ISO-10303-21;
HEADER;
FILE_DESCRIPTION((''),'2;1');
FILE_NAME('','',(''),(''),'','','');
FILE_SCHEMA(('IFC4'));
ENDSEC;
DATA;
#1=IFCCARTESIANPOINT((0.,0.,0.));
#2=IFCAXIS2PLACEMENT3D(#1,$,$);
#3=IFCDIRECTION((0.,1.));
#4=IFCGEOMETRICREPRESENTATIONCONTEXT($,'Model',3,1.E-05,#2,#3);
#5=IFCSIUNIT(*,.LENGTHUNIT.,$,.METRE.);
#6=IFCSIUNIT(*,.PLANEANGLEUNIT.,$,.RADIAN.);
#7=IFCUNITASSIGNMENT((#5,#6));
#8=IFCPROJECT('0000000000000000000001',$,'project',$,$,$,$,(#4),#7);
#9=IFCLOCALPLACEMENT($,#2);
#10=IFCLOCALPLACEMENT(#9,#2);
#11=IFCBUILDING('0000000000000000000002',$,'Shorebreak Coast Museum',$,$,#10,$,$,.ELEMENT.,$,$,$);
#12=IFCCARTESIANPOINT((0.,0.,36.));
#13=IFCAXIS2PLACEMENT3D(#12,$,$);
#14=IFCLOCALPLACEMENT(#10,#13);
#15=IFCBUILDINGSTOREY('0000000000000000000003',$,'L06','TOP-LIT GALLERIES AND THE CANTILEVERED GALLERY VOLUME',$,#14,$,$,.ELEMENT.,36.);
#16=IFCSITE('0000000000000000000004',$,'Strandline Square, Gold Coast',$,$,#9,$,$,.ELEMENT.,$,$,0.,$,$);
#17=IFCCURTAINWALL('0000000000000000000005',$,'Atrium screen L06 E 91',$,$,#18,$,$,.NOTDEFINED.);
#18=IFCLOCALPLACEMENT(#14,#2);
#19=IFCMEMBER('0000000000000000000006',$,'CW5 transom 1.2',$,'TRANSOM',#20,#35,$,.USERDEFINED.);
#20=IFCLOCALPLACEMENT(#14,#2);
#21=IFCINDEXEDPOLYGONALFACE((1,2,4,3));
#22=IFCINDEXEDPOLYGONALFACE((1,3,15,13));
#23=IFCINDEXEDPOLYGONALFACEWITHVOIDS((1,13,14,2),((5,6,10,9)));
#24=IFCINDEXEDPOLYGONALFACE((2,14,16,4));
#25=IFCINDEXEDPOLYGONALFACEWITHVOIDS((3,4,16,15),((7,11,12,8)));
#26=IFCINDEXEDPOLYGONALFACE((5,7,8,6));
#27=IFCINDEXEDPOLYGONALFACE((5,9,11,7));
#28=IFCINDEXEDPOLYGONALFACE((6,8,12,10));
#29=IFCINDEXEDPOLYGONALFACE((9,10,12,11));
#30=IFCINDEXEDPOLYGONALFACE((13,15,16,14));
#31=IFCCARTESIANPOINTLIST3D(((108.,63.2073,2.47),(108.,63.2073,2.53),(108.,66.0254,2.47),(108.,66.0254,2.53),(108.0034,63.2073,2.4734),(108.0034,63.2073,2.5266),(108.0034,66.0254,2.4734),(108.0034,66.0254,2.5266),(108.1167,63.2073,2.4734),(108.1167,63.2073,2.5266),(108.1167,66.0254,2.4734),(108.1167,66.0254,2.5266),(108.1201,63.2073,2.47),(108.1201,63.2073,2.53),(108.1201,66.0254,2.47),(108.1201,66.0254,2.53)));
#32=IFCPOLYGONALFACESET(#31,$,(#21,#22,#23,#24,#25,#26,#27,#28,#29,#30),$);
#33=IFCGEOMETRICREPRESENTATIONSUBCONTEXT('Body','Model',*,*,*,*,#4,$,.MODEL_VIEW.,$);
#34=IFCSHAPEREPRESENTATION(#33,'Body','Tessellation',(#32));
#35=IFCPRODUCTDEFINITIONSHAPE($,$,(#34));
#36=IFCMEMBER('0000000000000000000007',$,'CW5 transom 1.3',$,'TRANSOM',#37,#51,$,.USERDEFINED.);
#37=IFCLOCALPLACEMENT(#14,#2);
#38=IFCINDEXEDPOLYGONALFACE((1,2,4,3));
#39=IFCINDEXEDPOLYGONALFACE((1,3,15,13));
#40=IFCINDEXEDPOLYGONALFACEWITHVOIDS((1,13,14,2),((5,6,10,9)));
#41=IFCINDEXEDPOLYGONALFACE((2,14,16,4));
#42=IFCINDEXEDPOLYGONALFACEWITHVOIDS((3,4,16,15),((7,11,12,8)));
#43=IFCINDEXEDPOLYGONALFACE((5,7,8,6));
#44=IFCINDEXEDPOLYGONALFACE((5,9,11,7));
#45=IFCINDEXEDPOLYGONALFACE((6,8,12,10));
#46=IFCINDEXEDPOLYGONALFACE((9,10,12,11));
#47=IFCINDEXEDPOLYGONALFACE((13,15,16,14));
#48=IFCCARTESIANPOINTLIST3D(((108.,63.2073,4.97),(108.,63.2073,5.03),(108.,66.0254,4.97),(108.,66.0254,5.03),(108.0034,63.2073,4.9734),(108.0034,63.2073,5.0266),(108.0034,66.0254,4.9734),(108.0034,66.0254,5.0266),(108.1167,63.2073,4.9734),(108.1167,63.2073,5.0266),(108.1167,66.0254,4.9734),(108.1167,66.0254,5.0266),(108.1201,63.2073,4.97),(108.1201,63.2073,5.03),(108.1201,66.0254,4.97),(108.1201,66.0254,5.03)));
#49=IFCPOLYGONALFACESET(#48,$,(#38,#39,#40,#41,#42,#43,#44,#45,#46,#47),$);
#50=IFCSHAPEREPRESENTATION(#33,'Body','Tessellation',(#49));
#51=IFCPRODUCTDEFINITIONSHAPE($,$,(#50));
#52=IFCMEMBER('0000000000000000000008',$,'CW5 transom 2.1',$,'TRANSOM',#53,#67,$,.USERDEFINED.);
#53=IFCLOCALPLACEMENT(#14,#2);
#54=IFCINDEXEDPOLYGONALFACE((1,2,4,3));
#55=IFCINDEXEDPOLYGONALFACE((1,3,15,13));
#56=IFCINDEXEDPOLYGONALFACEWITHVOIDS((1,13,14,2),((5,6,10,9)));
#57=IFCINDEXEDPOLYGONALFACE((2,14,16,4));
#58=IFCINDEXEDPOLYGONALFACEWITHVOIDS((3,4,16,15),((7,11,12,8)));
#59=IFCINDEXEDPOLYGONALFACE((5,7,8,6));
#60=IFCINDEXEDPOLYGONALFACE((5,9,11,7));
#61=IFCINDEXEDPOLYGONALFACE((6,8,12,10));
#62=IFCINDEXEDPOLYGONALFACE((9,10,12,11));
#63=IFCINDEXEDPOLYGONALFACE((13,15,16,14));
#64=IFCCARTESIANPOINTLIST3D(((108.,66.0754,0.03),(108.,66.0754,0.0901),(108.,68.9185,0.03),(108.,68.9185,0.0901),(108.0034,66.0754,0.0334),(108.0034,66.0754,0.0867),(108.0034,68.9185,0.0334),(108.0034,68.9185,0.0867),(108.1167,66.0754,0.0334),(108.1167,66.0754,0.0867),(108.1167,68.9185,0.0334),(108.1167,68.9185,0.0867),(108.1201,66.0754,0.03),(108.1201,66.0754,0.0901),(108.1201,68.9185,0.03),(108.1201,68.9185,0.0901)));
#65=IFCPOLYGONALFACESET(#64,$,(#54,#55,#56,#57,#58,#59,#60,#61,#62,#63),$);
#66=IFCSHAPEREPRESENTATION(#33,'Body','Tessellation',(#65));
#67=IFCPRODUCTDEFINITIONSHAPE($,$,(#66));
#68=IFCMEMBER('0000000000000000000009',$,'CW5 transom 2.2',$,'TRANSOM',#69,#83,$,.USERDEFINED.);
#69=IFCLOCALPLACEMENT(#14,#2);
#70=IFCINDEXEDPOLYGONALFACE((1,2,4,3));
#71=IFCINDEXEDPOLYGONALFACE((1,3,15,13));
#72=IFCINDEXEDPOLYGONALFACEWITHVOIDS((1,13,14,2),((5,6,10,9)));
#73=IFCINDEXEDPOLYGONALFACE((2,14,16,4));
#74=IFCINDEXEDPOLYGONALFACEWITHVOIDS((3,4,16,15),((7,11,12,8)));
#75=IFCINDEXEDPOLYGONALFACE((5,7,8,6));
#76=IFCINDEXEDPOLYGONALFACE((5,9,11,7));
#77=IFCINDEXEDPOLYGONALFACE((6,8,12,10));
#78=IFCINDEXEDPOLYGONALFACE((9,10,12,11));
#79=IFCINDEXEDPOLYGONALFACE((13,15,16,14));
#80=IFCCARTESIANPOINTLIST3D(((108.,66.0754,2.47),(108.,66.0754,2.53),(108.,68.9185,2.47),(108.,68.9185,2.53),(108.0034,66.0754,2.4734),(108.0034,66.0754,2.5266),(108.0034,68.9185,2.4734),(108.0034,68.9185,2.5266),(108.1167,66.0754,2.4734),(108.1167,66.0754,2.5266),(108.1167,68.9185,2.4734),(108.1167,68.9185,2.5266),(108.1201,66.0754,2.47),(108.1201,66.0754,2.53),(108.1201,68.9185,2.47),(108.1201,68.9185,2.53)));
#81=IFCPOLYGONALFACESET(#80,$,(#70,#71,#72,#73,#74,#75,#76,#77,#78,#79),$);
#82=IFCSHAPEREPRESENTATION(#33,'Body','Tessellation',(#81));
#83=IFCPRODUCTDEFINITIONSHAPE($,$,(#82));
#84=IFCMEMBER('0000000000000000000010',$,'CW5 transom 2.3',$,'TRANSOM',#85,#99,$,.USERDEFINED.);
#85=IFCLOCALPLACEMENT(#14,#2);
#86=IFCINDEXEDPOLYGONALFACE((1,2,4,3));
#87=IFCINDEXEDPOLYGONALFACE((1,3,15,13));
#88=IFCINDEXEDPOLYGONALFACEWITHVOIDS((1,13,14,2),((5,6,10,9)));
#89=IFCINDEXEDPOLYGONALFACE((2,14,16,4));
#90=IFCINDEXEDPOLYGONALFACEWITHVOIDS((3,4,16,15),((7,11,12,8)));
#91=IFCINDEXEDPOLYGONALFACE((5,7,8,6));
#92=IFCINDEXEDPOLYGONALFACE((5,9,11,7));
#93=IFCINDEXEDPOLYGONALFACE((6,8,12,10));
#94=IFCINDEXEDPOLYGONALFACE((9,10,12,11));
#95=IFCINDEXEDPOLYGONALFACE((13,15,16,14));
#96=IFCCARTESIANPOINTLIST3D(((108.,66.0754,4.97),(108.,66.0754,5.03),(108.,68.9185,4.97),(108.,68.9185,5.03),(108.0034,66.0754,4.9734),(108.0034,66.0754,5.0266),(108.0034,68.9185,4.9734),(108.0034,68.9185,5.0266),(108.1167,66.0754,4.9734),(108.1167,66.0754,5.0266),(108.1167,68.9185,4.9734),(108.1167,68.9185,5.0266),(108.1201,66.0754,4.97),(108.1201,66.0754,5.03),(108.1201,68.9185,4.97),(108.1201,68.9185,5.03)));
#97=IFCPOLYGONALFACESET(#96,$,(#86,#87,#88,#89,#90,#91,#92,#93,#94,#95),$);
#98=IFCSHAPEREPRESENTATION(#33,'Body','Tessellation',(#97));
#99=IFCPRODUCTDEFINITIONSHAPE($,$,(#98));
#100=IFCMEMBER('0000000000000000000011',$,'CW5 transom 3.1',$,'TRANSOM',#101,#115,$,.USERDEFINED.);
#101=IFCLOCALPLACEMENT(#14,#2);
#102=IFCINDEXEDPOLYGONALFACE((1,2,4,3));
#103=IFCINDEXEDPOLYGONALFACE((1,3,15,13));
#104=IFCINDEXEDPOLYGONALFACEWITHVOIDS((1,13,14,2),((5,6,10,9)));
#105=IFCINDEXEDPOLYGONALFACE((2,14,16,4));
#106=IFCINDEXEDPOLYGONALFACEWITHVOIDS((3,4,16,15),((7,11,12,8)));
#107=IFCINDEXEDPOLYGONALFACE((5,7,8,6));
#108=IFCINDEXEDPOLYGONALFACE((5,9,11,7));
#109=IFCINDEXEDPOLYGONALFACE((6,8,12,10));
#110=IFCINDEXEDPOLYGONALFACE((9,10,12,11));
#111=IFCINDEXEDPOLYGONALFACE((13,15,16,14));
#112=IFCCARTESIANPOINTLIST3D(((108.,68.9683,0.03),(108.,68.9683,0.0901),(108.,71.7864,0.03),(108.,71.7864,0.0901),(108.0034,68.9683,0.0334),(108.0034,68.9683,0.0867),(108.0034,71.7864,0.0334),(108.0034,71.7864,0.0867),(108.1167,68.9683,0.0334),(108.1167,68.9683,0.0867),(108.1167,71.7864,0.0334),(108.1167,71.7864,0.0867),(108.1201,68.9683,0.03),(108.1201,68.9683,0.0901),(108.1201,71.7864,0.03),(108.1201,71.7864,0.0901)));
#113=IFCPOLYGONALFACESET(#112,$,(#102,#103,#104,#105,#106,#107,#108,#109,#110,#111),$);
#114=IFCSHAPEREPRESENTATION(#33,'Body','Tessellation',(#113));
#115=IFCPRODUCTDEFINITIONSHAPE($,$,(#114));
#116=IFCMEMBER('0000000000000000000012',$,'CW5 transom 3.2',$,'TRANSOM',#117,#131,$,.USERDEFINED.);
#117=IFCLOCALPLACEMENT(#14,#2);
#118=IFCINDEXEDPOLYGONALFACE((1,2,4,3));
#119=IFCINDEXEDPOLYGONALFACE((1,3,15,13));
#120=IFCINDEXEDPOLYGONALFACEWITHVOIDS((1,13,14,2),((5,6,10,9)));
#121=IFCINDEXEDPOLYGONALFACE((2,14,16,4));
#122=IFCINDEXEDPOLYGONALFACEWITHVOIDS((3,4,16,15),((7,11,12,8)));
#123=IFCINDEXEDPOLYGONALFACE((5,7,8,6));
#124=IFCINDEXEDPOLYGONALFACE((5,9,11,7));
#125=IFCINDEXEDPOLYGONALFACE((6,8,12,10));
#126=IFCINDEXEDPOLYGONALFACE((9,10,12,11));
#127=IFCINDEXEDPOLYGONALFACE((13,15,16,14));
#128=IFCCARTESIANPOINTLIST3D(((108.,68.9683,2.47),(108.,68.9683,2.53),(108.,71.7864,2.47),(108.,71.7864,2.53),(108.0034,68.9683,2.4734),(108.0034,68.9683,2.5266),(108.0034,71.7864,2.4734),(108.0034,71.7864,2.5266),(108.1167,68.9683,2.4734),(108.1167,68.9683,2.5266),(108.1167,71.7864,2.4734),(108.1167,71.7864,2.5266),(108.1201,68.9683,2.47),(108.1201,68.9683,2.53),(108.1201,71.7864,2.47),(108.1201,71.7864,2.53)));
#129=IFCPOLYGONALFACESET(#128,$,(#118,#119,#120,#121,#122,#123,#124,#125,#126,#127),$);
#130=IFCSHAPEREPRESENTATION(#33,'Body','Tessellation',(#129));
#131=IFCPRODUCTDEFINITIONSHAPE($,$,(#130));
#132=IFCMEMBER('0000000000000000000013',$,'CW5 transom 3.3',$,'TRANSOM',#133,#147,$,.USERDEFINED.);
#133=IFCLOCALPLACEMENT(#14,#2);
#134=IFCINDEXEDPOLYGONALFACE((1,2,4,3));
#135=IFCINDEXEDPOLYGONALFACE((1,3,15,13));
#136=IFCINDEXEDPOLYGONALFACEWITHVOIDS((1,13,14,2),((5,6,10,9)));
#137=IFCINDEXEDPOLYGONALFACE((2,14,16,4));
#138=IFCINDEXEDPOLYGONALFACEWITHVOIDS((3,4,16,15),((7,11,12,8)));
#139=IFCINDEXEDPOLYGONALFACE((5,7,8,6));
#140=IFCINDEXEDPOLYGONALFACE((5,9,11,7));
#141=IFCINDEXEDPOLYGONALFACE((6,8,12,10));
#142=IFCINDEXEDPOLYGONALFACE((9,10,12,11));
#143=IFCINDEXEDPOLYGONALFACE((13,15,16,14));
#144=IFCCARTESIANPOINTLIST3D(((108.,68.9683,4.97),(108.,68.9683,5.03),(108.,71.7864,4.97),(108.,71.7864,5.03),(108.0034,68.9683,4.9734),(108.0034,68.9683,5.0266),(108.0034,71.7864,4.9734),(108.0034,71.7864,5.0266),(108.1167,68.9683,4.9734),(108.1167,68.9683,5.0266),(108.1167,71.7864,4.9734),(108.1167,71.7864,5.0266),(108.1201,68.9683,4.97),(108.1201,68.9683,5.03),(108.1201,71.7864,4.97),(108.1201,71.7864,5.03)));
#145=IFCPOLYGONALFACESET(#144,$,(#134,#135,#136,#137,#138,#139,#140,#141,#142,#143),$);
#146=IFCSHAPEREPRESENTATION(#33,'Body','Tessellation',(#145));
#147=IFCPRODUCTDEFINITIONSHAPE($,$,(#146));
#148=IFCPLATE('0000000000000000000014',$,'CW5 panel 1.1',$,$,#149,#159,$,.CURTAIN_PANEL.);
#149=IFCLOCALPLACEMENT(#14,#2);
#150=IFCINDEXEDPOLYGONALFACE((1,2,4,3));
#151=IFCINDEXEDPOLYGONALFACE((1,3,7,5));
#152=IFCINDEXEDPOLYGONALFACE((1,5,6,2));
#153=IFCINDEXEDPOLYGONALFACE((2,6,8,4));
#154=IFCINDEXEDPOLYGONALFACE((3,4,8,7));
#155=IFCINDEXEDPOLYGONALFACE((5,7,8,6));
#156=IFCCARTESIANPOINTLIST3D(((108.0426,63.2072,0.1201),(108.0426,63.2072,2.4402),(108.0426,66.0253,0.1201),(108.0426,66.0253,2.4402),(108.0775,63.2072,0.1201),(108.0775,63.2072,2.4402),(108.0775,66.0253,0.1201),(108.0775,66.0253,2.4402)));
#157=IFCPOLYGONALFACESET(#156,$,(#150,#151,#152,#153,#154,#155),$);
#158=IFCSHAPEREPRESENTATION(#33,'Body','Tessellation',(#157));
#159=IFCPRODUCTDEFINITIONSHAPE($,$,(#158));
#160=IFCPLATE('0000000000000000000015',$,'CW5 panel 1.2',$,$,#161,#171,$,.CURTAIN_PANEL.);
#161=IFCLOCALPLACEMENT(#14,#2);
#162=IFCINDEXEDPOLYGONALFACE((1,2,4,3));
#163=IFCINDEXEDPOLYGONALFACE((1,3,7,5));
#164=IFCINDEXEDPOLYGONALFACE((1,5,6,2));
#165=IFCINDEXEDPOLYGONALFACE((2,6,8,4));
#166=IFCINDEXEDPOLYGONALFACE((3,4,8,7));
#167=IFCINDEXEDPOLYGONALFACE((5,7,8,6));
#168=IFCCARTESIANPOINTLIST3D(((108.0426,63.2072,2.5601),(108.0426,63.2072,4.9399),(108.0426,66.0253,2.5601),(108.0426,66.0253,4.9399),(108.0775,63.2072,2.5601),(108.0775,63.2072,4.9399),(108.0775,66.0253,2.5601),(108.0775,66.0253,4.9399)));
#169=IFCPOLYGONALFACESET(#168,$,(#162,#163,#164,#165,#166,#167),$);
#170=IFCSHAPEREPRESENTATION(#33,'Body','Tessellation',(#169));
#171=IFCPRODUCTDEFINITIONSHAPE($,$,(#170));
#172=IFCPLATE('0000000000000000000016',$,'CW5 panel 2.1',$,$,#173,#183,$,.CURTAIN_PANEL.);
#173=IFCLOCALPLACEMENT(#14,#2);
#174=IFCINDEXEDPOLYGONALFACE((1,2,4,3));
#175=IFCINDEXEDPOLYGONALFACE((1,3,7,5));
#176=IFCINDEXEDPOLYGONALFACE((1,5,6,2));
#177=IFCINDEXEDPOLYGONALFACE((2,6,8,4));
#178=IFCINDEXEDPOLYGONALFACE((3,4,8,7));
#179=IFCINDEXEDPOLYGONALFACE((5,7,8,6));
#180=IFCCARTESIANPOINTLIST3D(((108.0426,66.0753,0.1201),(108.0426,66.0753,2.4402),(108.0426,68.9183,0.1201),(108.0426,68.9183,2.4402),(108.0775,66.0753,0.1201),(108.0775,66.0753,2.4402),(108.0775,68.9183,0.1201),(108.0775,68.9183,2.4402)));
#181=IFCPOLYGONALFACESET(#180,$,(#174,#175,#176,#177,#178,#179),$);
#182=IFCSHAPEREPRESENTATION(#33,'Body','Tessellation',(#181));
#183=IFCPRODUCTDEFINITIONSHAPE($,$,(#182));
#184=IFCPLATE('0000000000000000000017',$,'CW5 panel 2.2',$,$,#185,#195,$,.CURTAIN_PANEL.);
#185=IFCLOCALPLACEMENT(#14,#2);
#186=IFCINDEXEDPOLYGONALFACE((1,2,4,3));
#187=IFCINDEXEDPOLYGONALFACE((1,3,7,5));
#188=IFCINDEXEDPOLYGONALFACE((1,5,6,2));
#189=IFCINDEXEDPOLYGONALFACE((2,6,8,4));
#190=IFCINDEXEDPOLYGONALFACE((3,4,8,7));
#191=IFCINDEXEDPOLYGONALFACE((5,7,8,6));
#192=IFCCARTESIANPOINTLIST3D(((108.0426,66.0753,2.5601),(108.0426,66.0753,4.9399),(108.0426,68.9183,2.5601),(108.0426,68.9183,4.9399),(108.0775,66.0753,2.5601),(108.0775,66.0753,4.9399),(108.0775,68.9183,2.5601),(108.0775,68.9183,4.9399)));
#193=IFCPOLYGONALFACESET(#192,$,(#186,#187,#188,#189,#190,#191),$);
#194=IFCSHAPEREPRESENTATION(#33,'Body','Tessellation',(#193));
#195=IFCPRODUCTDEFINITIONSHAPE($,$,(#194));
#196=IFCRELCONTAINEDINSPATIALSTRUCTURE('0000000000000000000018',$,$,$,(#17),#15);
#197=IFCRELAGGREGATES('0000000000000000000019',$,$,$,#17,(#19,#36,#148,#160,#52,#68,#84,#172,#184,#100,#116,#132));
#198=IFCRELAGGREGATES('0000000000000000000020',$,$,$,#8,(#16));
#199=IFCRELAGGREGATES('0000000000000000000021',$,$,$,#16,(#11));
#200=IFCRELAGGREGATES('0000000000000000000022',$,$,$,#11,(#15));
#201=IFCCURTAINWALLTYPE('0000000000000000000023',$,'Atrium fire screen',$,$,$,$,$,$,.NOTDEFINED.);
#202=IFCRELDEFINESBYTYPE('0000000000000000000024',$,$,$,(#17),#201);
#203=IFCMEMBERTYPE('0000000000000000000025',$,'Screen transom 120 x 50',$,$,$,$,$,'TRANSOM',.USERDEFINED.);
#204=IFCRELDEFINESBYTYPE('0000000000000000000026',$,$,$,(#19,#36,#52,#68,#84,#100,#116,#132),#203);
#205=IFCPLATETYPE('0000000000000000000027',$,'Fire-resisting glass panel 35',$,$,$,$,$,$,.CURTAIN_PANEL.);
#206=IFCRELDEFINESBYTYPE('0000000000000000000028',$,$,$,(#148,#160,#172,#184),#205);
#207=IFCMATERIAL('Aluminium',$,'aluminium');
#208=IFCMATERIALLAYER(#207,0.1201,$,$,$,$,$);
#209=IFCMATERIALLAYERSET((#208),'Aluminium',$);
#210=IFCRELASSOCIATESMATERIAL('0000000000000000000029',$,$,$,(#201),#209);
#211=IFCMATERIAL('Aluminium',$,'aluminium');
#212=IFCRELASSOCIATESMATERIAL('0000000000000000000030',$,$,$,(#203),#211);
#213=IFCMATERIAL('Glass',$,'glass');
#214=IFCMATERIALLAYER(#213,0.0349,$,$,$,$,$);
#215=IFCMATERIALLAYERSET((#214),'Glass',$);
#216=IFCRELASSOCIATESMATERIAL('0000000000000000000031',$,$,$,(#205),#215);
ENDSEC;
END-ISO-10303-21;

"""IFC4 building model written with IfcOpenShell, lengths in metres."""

from ifc_helpers import new_model, si_unit, direction, frame, origin, origin_2d, place, context, subcontext, project, spatial, rectangle, hollow_rectangle, extrude, material, layer, layer_set, material_profile, profile_set, type_object, element, aggregate, save


model = new_model("IFC4")

# Units and contexts
model_context = context("Model", 3, precision=1e-05, world=origin(), true_north=direction((0.0, 1.0)))
body_context = subcontext(model_context, "Body", "Model", "MODEL_VIEW")
ifc_project = project(units=[si_unit("LENGTHUNIT", "METRE"), si_unit("PLANEANGLEUNIT", "RADIAN")], contexts=[model_context])

# Site, building, storey
site_placement = place(None, origin())
site = spatial("IfcSite", under=ifc_project, at=site_placement, Name="Strandline Square, Gold Coast", CompositionType="ELEMENT", RefElevation=0.0)
building_placement = place(site_placement, origin())
building = spatial("IfcBuilding", under=site, at=building_placement, Name="Shorebreak Coast Museum", CompositionType="ELEMENT")
storey_placement = place(building_placement, frame((0.0, 0.0, 36.0)))
storey = spatial("IfcBuildingStorey", under=building, at=storey_placement, Name="L06", Description="TOP-LIT GALLERIES AND THE CANTILEVERED GALLERY VOLUME", CompositionType="ELEMENT", Elevation=36.0)

# Curtain wall, members, plates
ifc_material_1 = material(Name="Aluminium", Category="aluminium")
ifc_layer_1 = layer(ifc_material_1, 0.1201)
ifc_layer_set_1 = layer_set([ifc_layer_1], Name="Aluminium")
curtain_wall_type = type_object("IfcCurtainWallType", Name="Atrium fire screen", PredefinedType="NOTDEFINED", material=ifc_layer_set_1)
curtain_wall_placement = place(storey_placement, origin())
curtain_wall = element("IfcCurtainWall", 1, at=curtain_wall_placement, inside=storey, type_object=curtain_wall_type, Name="Atrium screen L06 E 91", PredefinedType="NOTDEFINED")
ifc_material_2 = material(Name="Aluminium", Category="aluminium")
ifc_material_profile_1 = material_profile(ifc_material_2, hollow_rectangle(XDim=0.1201, YDim=0.0601, WallThickness=0.0034, at=origin_2d()), Name="AL 60x120 RHS")
ifc_profile_set_1 = profile_set([ifc_material_profile_1], Name="Aluminium")
member_type_1 = type_object("IfcMemberType", Name="Screen transom 120 x 50", ElementType="TRANSOM", PredefinedType="USERDEFINED", material=ifc_profile_set_1)
member_1_placement = place(storey_placement, frame((108.0601, 63.2073, 2.5), z_axis=(0.0, 1.0, 0.0), x_axis=(-1.0, 0.0, 0.0)))
member_1 = element("IfcMember", 2, at=member_1_placement, type_object=member_type_1, Name="CW5 transom 1.2", ObjectType="TRANSOM", PredefinedType="USERDEFINED", context=body_context, shape_type="SweptSolid", body=[
    extrude(hollow_rectangle(XDim=0.1201, YDim=0.0601, WallThickness=0.0034, at=origin_2d()), origin(), (0.0, 0.0, 1.0), 2.8181),
])
member_2_placement = place(storey_placement, frame((108.0601, 63.2073, 5.0), z_axis=(0.0, 1.0, 0.0), x_axis=(-1.0, 0.0, 0.0)))
member_2 = element("IfcMember", 3, at=member_2_placement, type_object=member_type_1, Name="CW5 transom 1.3", ObjectType="TRANSOM", PredefinedType="USERDEFINED", context=body_context, shape_type="SweptSolid", body=[
    extrude(hollow_rectangle(XDim=0.1201, YDim=0.0601, WallThickness=0.0034, at=origin_2d()), origin(), (0.0, 0.0, 1.0), 2.8181),
])
member_3_placement = place(storey_placement, frame((108.0601, 66.0754, 0.0601), z_axis=(0.0, 1.0, 0.0), x_axis=(-1.0, 0.0, 0.0)))
member_3 = element("IfcMember", 4, at=member_3_placement, type_object=member_type_1, Name="CW5 transom 2.1", ObjectType="TRANSOM", PredefinedType="USERDEFINED", context=body_context, shape_type="SweptSolid", body=[
    extrude(hollow_rectangle(XDim=0.1201, YDim=0.0601, WallThickness=0.0034, at=origin_2d()), origin(), (0.0, 0.0, 1.0), 2.843),
])
member_4_placement = place(storey_placement, frame((108.0601, 66.0754, 2.5), z_axis=(0.0, 1.0, 0.0), x_axis=(-1.0, 0.0, 0.0)))
member_4 = element("IfcMember", 5, at=member_4_placement, type_object=member_type_1, Name="CW5 transom 2.2", ObjectType="TRANSOM", PredefinedType="USERDEFINED", context=body_context, shape_type="SweptSolid", body=[
    extrude(hollow_rectangle(XDim=0.1201, YDim=0.0601, WallThickness=0.0034, at=origin_2d()), origin(), (0.0, 0.0, 1.0), 2.843),
])
member_5_placement = place(storey_placement, frame((108.0601, 66.0754, 5.0), z_axis=(0.0, 1.0, 0.0), x_axis=(-1.0, 0.0, 0.0)))
member_5 = element("IfcMember", 6, at=member_5_placement, type_object=member_type_1, Name="CW5 transom 2.3", ObjectType="TRANSOM", PredefinedType="USERDEFINED", context=body_context, shape_type="SweptSolid", body=[
    extrude(hollow_rectangle(XDim=0.1201, YDim=0.0601, WallThickness=0.0034, at=origin_2d()), origin(), (0.0, 0.0, 1.0), 2.843),
])
member_6_placement = place(storey_placement, frame((108.0601, 68.9683, 0.0601), z_axis=(0.0, 1.0, 0.0), x_axis=(-1.0, 0.0, 0.0)))
member_6 = element("IfcMember", 7, at=member_6_placement, type_object=member_type_1, Name="CW5 transom 3.1", ObjectType="TRANSOM", PredefinedType="USERDEFINED", context=body_context, shape_type="SweptSolid", body=[
    extrude(hollow_rectangle(XDim=0.1201, YDim=0.0601, WallThickness=0.0034, at=origin_2d()), origin(), (0.0, 0.0, 1.0), 2.8181),
])
member_7_placement = place(storey_placement, frame((108.0601, 68.9683, 2.5), z_axis=(0.0, 1.0, 0.0), x_axis=(-1.0, 0.0, 0.0)))
member_7 = element("IfcMember", 8, at=member_7_placement, type_object=member_type_1, Name="CW5 transom 3.2", ObjectType="TRANSOM", PredefinedType="USERDEFINED", context=body_context, shape_type="SweptSolid", body=[
    extrude(hollow_rectangle(XDim=0.1201, YDim=0.0601, WallThickness=0.0034, at=origin_2d()), origin(), (0.0, 0.0, 1.0), 2.8181),
])
member_8_placement = place(storey_placement, frame((108.0601, 68.9683, 5.0), z_axis=(0.0, 1.0, 0.0), x_axis=(-1.0, 0.0, 0.0)))
member_8 = element("IfcMember", 9, at=member_8_placement, type_object=member_type_1, Name="CW5 transom 3.3", ObjectType="TRANSOM", PredefinedType="USERDEFINED", context=body_context, shape_type="SweptSolid", body=[
    extrude(hollow_rectangle(XDim=0.1201, YDim=0.0601, WallThickness=0.0034, at=origin_2d()), origin(), (0.0, 0.0, 1.0), 2.8181),
])
ifc_material_3 = material(Name="Glass", Category="glass")
ifc_layer_2 = layer(ifc_material_3, 0.0349)
ifc_layer_set_2 = layer_set([ifc_layer_2], Name="Glass")
plate_type = type_object("IfcPlateType", Name="Fire-resisting glass panel 35", PredefinedType="CURTAIN_PANEL", material=ifc_layer_set_2)
plate_1_placement = place(storey_placement, frame((108.0601, 64.6162, 0.1201), z_axis=(0.0, 0.0, 1.0), x_axis=(0.0, 1.0, 0.0)))
plate_1 = element("IfcPlate", 10, at=plate_1_placement, type_object=plate_type, Name="CW5 panel 1.1", PredefinedType="CURTAIN_PANEL", context=body_context, shape_type="SweptSolid", body=[
    extrude(rectangle(XDim=2.8181, YDim=0.0349, at=origin_2d()), origin(), (0.0, 0.0, 1.0), 2.3201),
])
plate_2_placement = place(storey_placement, frame((108.0601, 64.6162, 2.5601), z_axis=(0.0, 0.0, 1.0), x_axis=(0.0, 1.0, 0.0)))
plate_2 = element("IfcPlate", 11, at=plate_2_placement, type_object=plate_type, Name="CW5 panel 1.2", PredefinedType="CURTAIN_PANEL", context=body_context, shape_type="SweptSolid", body=[
    extrude(rectangle(XDim=2.8181, YDim=0.0349, at=origin_2d()), origin(), (0.0, 0.0, 1.0), 2.3799),
])
plate_3_placement = place(storey_placement, frame((108.0601, 67.4968, 0.1201), z_axis=(0.0, 0.0, 1.0), x_axis=(0.0, 1.0, 0.0)))
plate_3 = element("IfcPlate", 12, at=plate_3_placement, type_object=plate_type, Name="CW5 panel 2.1", PredefinedType="CURTAIN_PANEL", context=body_context, shape_type="SweptSolid", body=[
    extrude(rectangle(XDim=2.843, YDim=0.0349, at=origin_2d()), origin(), (0.0, 0.0, 1.0), 2.3201),
])
plate_4_placement = place(storey_placement, frame((108.0601, 67.4968, 2.5601), z_axis=(0.0, 0.0, 1.0), x_axis=(0.0, 1.0, 0.0)))
plate_4 = element("IfcPlate", 13, at=plate_4_placement, type_object=plate_type, Name="CW5 panel 2.2", PredefinedType="CURTAIN_PANEL", context=body_context, shape_type="SweptSolid", body=[
    extrude(rectangle(XDim=2.843, YDim=0.0349, at=origin_2d()), origin(), (0.0, 0.0, 1.0), 2.3799),
])
aggregate(curtain_wall, [member_1, member_2, plate_1, plate_2, member_3, member_4, member_5, plate_3, plate_4, member_6, member_7, member_8])

save(model, "model.ifc")
